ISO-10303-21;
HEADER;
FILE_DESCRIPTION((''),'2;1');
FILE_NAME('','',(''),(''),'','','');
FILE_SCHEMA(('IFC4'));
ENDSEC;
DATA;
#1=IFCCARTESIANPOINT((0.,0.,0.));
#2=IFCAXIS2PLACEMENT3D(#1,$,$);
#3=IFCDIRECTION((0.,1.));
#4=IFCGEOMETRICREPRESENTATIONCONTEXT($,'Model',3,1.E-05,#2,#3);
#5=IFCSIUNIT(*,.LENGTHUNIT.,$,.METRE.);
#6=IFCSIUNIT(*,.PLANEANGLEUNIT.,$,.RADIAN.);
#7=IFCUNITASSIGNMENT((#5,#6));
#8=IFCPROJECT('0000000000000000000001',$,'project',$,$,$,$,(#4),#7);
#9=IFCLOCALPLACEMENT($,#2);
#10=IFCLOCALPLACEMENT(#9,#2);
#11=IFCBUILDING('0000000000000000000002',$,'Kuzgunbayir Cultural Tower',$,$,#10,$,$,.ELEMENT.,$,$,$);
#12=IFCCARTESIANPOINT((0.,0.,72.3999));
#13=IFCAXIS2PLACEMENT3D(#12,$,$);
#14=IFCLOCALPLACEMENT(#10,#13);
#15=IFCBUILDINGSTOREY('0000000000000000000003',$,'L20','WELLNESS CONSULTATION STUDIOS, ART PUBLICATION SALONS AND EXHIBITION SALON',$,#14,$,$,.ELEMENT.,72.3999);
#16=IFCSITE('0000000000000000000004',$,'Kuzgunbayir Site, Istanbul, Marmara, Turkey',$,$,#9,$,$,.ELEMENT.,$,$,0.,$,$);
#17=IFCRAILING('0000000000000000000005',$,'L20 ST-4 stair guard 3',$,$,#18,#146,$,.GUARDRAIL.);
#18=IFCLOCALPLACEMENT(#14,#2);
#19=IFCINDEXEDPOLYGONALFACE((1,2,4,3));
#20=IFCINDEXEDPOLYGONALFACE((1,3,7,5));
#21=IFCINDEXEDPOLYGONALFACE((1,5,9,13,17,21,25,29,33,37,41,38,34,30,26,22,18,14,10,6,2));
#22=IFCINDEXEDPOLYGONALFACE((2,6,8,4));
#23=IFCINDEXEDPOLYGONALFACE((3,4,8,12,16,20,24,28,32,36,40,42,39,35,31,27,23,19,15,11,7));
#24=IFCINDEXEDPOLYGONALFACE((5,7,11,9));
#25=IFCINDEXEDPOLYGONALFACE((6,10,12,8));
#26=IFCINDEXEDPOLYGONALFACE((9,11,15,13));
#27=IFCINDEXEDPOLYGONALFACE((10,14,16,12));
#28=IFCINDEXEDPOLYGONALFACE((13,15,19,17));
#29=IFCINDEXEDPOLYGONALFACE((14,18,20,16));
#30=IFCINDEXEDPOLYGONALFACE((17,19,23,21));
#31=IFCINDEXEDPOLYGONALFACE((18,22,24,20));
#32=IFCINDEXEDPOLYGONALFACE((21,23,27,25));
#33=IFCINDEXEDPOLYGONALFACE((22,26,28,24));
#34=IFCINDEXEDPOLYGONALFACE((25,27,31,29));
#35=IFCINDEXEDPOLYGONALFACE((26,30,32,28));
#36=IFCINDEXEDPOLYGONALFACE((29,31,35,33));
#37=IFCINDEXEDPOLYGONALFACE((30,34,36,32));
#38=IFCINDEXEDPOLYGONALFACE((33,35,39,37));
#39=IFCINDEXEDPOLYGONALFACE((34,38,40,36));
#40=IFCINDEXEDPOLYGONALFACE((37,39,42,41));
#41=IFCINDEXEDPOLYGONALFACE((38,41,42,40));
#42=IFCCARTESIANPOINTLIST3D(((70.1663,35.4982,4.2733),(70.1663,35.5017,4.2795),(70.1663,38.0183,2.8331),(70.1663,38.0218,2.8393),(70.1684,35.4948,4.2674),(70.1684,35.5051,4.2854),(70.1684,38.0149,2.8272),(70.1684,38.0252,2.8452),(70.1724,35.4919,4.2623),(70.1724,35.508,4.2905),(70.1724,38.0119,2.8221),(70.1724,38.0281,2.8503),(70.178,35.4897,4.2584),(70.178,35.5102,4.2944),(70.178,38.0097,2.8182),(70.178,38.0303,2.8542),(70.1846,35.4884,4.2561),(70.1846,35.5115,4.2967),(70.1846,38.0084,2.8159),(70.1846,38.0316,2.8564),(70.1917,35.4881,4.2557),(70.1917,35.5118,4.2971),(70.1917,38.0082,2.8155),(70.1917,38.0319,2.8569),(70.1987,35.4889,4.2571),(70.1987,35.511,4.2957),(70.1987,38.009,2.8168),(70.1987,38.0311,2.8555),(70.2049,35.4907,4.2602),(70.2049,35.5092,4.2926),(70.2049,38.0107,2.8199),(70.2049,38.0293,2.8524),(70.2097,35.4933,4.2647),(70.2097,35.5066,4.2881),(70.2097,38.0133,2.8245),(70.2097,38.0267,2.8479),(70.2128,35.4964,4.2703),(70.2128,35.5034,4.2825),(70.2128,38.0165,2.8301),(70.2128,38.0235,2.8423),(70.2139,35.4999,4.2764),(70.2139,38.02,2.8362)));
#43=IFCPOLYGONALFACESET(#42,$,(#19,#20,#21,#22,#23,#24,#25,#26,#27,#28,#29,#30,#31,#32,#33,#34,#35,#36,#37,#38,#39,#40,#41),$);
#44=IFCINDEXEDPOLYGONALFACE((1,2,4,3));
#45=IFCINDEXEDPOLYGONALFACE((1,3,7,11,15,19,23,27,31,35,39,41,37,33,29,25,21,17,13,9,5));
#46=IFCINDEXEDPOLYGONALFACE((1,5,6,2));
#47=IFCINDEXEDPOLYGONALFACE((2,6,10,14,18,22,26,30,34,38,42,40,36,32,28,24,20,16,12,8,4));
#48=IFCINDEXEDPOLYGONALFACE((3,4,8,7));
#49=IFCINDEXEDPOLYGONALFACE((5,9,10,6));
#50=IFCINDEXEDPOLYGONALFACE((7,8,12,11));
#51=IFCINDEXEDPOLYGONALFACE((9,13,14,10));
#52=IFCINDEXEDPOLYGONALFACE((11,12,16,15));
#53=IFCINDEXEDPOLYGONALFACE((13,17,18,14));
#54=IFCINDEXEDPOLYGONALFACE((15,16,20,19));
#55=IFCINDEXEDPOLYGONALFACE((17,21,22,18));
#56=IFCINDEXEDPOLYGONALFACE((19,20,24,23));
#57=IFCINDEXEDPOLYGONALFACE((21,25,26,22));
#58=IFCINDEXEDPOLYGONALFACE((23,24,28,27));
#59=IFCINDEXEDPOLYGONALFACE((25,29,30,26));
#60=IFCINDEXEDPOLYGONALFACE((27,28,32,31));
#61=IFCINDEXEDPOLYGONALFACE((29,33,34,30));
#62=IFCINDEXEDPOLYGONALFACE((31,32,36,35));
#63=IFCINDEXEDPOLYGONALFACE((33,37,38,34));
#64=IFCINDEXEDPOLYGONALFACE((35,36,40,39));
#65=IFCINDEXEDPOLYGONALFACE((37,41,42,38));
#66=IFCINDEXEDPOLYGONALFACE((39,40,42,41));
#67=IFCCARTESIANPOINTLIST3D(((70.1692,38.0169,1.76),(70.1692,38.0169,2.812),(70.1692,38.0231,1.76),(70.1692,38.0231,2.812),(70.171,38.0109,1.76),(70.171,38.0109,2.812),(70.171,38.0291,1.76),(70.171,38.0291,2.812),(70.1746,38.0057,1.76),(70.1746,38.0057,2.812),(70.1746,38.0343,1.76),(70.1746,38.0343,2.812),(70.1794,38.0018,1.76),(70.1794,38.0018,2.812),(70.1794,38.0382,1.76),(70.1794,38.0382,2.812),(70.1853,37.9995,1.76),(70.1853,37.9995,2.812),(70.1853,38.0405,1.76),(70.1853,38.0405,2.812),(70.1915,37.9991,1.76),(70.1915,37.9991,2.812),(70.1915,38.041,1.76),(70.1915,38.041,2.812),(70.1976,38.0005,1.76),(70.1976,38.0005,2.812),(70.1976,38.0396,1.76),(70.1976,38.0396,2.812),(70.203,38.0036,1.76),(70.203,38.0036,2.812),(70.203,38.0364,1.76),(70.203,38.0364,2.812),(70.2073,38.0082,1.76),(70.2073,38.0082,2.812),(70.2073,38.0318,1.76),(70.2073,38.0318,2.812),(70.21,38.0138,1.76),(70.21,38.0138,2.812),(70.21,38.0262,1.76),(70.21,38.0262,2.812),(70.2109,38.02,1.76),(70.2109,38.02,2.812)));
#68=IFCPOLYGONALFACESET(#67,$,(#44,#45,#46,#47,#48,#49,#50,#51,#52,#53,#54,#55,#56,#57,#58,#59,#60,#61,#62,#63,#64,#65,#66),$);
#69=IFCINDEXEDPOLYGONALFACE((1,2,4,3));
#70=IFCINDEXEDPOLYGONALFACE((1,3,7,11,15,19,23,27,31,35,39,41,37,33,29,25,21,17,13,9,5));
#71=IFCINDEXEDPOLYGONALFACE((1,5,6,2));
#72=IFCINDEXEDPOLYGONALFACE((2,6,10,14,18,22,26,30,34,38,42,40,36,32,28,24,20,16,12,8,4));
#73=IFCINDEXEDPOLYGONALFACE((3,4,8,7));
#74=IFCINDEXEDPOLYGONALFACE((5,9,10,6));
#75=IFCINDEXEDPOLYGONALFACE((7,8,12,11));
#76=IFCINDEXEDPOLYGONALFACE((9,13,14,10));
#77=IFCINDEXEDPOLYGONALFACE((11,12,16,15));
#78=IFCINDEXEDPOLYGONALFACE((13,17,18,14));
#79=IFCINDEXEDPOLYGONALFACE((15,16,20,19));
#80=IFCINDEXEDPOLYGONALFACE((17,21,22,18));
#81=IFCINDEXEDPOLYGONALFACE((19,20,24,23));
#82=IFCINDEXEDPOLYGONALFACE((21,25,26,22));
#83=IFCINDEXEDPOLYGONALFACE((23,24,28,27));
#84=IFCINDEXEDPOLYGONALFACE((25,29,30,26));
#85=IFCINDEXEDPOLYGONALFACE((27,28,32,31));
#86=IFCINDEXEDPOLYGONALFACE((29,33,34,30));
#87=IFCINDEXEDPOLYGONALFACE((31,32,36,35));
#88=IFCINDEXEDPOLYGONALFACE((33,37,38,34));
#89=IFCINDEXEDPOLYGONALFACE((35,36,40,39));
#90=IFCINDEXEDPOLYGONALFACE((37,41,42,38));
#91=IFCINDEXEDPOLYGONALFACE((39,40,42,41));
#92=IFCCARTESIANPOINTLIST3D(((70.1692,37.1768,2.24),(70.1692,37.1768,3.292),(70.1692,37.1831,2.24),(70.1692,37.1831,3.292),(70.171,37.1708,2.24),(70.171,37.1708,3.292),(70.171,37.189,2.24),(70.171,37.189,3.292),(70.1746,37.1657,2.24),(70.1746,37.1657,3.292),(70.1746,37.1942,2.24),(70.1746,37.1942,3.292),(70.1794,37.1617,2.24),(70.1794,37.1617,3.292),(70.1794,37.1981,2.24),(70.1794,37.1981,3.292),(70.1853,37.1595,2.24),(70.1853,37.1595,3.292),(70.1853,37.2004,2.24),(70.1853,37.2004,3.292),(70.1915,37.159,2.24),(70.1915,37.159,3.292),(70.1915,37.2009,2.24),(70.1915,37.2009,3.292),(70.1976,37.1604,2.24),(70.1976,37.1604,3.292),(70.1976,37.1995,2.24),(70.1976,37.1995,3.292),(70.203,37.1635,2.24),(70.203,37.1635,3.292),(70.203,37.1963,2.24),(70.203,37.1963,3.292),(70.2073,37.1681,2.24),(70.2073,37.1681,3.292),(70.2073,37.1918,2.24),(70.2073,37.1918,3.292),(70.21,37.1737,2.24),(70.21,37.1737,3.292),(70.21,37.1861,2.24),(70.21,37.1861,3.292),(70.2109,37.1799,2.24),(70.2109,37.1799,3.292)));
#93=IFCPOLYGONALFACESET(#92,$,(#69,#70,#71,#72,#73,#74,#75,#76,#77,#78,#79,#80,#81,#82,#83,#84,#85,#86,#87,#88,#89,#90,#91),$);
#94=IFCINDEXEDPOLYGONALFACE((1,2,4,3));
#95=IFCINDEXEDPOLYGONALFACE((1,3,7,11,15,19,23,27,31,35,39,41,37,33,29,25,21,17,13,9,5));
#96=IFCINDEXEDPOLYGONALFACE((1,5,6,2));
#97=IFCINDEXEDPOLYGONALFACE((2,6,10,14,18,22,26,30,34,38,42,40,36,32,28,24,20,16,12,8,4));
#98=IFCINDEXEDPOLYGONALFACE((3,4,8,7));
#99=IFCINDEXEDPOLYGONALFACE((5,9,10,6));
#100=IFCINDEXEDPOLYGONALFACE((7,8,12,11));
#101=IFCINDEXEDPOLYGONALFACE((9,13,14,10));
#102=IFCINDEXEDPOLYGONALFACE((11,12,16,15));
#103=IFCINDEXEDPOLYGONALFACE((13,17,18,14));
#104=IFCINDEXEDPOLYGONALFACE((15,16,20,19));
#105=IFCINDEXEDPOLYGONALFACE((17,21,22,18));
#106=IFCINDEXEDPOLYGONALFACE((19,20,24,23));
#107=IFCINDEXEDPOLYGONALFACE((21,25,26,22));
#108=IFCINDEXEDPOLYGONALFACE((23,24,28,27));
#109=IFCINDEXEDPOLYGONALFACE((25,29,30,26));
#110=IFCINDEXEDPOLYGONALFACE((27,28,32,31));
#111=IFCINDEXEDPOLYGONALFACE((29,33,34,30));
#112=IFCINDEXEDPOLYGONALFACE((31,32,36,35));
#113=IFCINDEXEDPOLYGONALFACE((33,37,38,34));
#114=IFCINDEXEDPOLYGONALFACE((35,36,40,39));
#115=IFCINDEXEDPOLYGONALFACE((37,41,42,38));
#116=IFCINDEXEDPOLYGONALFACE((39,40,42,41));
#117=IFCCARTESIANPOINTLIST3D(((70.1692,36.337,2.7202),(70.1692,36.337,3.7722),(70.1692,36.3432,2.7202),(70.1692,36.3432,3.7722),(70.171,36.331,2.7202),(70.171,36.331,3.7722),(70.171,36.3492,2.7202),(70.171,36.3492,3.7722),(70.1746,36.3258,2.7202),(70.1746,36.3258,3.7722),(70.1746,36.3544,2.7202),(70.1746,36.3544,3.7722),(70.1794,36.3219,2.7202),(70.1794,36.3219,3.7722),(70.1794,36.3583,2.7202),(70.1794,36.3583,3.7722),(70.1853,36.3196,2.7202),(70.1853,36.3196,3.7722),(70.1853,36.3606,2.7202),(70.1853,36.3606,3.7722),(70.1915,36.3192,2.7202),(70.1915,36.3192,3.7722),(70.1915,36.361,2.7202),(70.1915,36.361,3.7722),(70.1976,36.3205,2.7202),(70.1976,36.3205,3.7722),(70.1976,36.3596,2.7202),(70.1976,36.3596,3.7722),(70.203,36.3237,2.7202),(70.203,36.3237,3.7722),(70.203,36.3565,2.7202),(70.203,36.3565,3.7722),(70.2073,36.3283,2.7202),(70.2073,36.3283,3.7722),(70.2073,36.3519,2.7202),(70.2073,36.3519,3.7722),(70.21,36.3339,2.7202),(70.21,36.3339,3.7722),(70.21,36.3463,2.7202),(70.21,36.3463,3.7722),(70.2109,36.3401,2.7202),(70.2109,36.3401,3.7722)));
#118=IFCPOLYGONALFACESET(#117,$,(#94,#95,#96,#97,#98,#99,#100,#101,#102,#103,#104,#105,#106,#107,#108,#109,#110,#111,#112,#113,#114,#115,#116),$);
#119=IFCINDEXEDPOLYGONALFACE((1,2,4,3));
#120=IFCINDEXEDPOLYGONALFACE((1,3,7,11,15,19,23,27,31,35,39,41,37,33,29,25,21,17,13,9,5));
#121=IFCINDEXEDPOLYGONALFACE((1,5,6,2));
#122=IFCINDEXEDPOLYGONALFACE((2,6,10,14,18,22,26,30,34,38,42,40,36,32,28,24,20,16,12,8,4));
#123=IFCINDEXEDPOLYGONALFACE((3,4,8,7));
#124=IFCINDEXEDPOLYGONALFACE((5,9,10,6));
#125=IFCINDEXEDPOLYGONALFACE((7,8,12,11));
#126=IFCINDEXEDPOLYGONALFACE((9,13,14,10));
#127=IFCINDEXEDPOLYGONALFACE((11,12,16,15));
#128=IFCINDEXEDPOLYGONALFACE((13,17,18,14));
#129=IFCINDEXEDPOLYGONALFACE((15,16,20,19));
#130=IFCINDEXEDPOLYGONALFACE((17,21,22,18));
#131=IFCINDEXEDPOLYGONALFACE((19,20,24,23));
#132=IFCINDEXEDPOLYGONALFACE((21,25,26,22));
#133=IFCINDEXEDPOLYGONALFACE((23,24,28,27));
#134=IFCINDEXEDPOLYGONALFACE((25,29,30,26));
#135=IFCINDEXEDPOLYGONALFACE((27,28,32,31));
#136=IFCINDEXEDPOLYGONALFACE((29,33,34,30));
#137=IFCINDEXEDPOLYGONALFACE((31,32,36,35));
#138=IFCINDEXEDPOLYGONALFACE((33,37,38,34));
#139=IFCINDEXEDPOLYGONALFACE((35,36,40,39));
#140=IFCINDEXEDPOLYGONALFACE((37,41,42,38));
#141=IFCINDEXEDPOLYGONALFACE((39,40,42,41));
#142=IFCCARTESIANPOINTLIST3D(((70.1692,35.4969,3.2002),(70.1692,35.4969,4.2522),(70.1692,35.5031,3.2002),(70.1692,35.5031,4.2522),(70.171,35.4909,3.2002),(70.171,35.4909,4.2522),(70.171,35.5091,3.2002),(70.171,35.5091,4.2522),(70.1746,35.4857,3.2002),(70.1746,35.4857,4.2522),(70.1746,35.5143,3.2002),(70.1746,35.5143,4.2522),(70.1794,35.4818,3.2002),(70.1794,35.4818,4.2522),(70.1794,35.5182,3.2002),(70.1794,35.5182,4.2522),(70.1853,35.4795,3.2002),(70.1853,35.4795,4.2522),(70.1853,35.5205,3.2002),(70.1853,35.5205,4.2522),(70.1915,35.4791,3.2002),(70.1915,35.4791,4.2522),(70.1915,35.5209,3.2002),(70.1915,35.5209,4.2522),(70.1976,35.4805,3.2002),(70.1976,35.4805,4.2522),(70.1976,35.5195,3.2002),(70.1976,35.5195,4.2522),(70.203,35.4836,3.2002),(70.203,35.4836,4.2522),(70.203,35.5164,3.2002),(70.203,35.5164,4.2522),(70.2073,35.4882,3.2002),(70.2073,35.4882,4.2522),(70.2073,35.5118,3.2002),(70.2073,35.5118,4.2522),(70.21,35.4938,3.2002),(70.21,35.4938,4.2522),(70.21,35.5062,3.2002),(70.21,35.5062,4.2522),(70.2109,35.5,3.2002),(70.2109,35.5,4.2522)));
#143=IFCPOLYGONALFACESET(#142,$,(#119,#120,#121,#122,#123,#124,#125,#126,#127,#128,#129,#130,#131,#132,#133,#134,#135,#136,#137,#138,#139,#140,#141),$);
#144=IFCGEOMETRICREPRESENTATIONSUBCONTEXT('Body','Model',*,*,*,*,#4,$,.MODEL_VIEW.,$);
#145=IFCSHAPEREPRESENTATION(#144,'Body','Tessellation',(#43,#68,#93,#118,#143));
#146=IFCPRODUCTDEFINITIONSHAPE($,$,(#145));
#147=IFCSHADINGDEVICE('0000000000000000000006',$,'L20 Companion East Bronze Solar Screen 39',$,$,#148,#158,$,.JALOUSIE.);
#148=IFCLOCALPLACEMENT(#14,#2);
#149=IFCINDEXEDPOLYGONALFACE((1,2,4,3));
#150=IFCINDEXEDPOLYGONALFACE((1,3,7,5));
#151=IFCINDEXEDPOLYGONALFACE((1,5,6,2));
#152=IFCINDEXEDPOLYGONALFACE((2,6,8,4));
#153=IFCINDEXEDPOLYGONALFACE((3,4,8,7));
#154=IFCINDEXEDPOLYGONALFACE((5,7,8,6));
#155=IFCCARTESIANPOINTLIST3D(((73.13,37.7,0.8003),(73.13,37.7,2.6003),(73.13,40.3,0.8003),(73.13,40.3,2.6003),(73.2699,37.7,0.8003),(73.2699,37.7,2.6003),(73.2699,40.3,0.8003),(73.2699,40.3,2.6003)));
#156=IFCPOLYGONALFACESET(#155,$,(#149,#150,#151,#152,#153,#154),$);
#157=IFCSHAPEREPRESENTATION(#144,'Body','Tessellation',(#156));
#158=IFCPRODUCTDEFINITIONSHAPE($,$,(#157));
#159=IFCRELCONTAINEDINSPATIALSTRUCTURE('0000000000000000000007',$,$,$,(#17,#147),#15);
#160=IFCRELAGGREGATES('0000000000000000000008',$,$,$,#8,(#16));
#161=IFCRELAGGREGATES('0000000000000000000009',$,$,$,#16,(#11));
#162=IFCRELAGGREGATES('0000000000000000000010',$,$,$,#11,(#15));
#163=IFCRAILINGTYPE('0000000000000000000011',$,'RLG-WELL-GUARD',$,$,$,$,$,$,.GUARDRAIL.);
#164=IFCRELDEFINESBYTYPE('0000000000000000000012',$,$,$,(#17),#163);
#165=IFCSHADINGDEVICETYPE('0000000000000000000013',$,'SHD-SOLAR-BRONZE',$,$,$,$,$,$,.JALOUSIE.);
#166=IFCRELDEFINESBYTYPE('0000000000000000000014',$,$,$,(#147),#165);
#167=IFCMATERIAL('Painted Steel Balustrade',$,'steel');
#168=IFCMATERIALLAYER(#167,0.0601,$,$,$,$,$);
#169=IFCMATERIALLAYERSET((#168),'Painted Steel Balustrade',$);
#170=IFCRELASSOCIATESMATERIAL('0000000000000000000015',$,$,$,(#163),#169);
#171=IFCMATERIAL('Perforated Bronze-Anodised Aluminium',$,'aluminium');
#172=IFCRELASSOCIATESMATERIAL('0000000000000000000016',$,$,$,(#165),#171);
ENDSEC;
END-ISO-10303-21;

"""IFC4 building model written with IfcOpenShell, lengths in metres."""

from ifc_helpers import new_model, si_unit, direction, frame, origin, origin_2d, place, context, subcontext, project, spatial, rectangle, circle, extrude, material, layer, layer_set, type_object, element, save


model = new_model("IFC4")

# Units and contexts
model_context = context("Model", 3, precision=1e-05, world=origin(), true_north=direction((0.0, 1.0)))
body_context = subcontext(model_context, "Body", "Model", "MODEL_VIEW")
ifc_project = project(units=[si_unit("LENGTHUNIT", "METRE"), si_unit("PLANEANGLEUNIT", "RADIAN")], contexts=[model_context])

# Site, building, storey
site_placement = place(None, origin())
site = spatial("IfcSite", under=ifc_project, at=site_placement, Name="Kuzgunbayir Site, Istanbul, Marmara, Turkey", CompositionType="ELEMENT", RefElevation=0.0)
building_placement = place(site_placement, origin())
building = spatial("IfcBuilding", under=site, at=building_placement, Name="Kuzgunbayir Cultural Tower", CompositionType="ELEMENT")
storey_placement = place(building_placement, frame((0.0, 0.0, 72.3999)))
storey = spatial("IfcBuildingStorey", under=building, at=storey_placement, Name="L20", Description="WELLNESS CONSULTATION STUDIOS, ART PUBLICATION SALONS AND EXHIBITION SALON", CompositionType="ELEMENT", Elevation=72.3999)

# Railing
ifc_material_1 = material(Name="Painted Steel Balustrade", Category="steel")
ifc_layer_1 = layer(ifc_material_1, 0.0601)
ifc_layer_set_1 = layer_set([ifc_layer_1], Name="Painted Steel Balustrade")
railing_type_1 = type_object("IfcRailingType", Name="RLG-WELL-GUARD", PredefinedType="GUARDRAIL", material=ifc_layer_set_1)
railing_1_placement = place(storey_placement, frame((70.1899, 38.02, 1.76)))
element("IfcRailing", 1, at=railing_1_placement, inside=storey, type_object=railing_type_1, Name="L20 ST-4 stair guard 3", PredefinedType="GUARDRAIL", context=body_context, shape_type="SweptSolid", body=[
    extrude(circle(Radius=0.0239, at=origin_2d()), frame((0.0, 0.0, 1.0762), z_axis=(0.0, -0.868217, 0.496184), x_axis=(1.0, 0.0, 0.0)), (0.0, 0.0, 1.0), 2.9026),
    extrude(circle(Radius=0.021, at=origin_2d()), origin(), (0.0, 0.0, 1.0), 1.052),
    extrude(circle(Radius=0.021, at=origin_2d()), frame((0.0, -0.8401, 0.48)), (0.0, 0.0, 1.0), 1.052),
    extrude(circle(Radius=0.021, at=origin_2d()), frame((0.0, -1.6799, 0.9602)), (0.0, 0.0, 1.0), 1.052),
    extrude(circle(Radius=0.021, at=origin_2d()), frame((0.0, -2.52, 1.4402)), (0.0, 0.0, 1.0), 1.052),
])

# Shading device
ifc_material_2 = material(Name="Perforated Bronze-Anodised Aluminium", Category="aluminium")
shading_device_type = type_object("IfcShadingDeviceType", Name="SHD-SOLAR-BRONZE", PredefinedType="JALOUSIE", material=ifc_material_2)
shading_device_placement = place(storey_placement, frame((73.2, 39.0, 0.8003), z_axis=(0.0, 0.0, 1.0), x_axis=(1.0, 0.0, 0.0)))
element("IfcShadingDevice", 2, at=shading_device_placement, inside=storey, type_object=shading_device_type, Name="L20 Companion East Bronze Solar Screen 39", PredefinedType="JALOUSIE", context=body_context, shape_type="SweptSolid", body=[
    extrude(rectangle(XDim=0.1399, YDim=2.6001, at=origin_2d()), origin(), (0.0, 0.0, 1.0), 1.8),
])

save(model, "model.ifc")
